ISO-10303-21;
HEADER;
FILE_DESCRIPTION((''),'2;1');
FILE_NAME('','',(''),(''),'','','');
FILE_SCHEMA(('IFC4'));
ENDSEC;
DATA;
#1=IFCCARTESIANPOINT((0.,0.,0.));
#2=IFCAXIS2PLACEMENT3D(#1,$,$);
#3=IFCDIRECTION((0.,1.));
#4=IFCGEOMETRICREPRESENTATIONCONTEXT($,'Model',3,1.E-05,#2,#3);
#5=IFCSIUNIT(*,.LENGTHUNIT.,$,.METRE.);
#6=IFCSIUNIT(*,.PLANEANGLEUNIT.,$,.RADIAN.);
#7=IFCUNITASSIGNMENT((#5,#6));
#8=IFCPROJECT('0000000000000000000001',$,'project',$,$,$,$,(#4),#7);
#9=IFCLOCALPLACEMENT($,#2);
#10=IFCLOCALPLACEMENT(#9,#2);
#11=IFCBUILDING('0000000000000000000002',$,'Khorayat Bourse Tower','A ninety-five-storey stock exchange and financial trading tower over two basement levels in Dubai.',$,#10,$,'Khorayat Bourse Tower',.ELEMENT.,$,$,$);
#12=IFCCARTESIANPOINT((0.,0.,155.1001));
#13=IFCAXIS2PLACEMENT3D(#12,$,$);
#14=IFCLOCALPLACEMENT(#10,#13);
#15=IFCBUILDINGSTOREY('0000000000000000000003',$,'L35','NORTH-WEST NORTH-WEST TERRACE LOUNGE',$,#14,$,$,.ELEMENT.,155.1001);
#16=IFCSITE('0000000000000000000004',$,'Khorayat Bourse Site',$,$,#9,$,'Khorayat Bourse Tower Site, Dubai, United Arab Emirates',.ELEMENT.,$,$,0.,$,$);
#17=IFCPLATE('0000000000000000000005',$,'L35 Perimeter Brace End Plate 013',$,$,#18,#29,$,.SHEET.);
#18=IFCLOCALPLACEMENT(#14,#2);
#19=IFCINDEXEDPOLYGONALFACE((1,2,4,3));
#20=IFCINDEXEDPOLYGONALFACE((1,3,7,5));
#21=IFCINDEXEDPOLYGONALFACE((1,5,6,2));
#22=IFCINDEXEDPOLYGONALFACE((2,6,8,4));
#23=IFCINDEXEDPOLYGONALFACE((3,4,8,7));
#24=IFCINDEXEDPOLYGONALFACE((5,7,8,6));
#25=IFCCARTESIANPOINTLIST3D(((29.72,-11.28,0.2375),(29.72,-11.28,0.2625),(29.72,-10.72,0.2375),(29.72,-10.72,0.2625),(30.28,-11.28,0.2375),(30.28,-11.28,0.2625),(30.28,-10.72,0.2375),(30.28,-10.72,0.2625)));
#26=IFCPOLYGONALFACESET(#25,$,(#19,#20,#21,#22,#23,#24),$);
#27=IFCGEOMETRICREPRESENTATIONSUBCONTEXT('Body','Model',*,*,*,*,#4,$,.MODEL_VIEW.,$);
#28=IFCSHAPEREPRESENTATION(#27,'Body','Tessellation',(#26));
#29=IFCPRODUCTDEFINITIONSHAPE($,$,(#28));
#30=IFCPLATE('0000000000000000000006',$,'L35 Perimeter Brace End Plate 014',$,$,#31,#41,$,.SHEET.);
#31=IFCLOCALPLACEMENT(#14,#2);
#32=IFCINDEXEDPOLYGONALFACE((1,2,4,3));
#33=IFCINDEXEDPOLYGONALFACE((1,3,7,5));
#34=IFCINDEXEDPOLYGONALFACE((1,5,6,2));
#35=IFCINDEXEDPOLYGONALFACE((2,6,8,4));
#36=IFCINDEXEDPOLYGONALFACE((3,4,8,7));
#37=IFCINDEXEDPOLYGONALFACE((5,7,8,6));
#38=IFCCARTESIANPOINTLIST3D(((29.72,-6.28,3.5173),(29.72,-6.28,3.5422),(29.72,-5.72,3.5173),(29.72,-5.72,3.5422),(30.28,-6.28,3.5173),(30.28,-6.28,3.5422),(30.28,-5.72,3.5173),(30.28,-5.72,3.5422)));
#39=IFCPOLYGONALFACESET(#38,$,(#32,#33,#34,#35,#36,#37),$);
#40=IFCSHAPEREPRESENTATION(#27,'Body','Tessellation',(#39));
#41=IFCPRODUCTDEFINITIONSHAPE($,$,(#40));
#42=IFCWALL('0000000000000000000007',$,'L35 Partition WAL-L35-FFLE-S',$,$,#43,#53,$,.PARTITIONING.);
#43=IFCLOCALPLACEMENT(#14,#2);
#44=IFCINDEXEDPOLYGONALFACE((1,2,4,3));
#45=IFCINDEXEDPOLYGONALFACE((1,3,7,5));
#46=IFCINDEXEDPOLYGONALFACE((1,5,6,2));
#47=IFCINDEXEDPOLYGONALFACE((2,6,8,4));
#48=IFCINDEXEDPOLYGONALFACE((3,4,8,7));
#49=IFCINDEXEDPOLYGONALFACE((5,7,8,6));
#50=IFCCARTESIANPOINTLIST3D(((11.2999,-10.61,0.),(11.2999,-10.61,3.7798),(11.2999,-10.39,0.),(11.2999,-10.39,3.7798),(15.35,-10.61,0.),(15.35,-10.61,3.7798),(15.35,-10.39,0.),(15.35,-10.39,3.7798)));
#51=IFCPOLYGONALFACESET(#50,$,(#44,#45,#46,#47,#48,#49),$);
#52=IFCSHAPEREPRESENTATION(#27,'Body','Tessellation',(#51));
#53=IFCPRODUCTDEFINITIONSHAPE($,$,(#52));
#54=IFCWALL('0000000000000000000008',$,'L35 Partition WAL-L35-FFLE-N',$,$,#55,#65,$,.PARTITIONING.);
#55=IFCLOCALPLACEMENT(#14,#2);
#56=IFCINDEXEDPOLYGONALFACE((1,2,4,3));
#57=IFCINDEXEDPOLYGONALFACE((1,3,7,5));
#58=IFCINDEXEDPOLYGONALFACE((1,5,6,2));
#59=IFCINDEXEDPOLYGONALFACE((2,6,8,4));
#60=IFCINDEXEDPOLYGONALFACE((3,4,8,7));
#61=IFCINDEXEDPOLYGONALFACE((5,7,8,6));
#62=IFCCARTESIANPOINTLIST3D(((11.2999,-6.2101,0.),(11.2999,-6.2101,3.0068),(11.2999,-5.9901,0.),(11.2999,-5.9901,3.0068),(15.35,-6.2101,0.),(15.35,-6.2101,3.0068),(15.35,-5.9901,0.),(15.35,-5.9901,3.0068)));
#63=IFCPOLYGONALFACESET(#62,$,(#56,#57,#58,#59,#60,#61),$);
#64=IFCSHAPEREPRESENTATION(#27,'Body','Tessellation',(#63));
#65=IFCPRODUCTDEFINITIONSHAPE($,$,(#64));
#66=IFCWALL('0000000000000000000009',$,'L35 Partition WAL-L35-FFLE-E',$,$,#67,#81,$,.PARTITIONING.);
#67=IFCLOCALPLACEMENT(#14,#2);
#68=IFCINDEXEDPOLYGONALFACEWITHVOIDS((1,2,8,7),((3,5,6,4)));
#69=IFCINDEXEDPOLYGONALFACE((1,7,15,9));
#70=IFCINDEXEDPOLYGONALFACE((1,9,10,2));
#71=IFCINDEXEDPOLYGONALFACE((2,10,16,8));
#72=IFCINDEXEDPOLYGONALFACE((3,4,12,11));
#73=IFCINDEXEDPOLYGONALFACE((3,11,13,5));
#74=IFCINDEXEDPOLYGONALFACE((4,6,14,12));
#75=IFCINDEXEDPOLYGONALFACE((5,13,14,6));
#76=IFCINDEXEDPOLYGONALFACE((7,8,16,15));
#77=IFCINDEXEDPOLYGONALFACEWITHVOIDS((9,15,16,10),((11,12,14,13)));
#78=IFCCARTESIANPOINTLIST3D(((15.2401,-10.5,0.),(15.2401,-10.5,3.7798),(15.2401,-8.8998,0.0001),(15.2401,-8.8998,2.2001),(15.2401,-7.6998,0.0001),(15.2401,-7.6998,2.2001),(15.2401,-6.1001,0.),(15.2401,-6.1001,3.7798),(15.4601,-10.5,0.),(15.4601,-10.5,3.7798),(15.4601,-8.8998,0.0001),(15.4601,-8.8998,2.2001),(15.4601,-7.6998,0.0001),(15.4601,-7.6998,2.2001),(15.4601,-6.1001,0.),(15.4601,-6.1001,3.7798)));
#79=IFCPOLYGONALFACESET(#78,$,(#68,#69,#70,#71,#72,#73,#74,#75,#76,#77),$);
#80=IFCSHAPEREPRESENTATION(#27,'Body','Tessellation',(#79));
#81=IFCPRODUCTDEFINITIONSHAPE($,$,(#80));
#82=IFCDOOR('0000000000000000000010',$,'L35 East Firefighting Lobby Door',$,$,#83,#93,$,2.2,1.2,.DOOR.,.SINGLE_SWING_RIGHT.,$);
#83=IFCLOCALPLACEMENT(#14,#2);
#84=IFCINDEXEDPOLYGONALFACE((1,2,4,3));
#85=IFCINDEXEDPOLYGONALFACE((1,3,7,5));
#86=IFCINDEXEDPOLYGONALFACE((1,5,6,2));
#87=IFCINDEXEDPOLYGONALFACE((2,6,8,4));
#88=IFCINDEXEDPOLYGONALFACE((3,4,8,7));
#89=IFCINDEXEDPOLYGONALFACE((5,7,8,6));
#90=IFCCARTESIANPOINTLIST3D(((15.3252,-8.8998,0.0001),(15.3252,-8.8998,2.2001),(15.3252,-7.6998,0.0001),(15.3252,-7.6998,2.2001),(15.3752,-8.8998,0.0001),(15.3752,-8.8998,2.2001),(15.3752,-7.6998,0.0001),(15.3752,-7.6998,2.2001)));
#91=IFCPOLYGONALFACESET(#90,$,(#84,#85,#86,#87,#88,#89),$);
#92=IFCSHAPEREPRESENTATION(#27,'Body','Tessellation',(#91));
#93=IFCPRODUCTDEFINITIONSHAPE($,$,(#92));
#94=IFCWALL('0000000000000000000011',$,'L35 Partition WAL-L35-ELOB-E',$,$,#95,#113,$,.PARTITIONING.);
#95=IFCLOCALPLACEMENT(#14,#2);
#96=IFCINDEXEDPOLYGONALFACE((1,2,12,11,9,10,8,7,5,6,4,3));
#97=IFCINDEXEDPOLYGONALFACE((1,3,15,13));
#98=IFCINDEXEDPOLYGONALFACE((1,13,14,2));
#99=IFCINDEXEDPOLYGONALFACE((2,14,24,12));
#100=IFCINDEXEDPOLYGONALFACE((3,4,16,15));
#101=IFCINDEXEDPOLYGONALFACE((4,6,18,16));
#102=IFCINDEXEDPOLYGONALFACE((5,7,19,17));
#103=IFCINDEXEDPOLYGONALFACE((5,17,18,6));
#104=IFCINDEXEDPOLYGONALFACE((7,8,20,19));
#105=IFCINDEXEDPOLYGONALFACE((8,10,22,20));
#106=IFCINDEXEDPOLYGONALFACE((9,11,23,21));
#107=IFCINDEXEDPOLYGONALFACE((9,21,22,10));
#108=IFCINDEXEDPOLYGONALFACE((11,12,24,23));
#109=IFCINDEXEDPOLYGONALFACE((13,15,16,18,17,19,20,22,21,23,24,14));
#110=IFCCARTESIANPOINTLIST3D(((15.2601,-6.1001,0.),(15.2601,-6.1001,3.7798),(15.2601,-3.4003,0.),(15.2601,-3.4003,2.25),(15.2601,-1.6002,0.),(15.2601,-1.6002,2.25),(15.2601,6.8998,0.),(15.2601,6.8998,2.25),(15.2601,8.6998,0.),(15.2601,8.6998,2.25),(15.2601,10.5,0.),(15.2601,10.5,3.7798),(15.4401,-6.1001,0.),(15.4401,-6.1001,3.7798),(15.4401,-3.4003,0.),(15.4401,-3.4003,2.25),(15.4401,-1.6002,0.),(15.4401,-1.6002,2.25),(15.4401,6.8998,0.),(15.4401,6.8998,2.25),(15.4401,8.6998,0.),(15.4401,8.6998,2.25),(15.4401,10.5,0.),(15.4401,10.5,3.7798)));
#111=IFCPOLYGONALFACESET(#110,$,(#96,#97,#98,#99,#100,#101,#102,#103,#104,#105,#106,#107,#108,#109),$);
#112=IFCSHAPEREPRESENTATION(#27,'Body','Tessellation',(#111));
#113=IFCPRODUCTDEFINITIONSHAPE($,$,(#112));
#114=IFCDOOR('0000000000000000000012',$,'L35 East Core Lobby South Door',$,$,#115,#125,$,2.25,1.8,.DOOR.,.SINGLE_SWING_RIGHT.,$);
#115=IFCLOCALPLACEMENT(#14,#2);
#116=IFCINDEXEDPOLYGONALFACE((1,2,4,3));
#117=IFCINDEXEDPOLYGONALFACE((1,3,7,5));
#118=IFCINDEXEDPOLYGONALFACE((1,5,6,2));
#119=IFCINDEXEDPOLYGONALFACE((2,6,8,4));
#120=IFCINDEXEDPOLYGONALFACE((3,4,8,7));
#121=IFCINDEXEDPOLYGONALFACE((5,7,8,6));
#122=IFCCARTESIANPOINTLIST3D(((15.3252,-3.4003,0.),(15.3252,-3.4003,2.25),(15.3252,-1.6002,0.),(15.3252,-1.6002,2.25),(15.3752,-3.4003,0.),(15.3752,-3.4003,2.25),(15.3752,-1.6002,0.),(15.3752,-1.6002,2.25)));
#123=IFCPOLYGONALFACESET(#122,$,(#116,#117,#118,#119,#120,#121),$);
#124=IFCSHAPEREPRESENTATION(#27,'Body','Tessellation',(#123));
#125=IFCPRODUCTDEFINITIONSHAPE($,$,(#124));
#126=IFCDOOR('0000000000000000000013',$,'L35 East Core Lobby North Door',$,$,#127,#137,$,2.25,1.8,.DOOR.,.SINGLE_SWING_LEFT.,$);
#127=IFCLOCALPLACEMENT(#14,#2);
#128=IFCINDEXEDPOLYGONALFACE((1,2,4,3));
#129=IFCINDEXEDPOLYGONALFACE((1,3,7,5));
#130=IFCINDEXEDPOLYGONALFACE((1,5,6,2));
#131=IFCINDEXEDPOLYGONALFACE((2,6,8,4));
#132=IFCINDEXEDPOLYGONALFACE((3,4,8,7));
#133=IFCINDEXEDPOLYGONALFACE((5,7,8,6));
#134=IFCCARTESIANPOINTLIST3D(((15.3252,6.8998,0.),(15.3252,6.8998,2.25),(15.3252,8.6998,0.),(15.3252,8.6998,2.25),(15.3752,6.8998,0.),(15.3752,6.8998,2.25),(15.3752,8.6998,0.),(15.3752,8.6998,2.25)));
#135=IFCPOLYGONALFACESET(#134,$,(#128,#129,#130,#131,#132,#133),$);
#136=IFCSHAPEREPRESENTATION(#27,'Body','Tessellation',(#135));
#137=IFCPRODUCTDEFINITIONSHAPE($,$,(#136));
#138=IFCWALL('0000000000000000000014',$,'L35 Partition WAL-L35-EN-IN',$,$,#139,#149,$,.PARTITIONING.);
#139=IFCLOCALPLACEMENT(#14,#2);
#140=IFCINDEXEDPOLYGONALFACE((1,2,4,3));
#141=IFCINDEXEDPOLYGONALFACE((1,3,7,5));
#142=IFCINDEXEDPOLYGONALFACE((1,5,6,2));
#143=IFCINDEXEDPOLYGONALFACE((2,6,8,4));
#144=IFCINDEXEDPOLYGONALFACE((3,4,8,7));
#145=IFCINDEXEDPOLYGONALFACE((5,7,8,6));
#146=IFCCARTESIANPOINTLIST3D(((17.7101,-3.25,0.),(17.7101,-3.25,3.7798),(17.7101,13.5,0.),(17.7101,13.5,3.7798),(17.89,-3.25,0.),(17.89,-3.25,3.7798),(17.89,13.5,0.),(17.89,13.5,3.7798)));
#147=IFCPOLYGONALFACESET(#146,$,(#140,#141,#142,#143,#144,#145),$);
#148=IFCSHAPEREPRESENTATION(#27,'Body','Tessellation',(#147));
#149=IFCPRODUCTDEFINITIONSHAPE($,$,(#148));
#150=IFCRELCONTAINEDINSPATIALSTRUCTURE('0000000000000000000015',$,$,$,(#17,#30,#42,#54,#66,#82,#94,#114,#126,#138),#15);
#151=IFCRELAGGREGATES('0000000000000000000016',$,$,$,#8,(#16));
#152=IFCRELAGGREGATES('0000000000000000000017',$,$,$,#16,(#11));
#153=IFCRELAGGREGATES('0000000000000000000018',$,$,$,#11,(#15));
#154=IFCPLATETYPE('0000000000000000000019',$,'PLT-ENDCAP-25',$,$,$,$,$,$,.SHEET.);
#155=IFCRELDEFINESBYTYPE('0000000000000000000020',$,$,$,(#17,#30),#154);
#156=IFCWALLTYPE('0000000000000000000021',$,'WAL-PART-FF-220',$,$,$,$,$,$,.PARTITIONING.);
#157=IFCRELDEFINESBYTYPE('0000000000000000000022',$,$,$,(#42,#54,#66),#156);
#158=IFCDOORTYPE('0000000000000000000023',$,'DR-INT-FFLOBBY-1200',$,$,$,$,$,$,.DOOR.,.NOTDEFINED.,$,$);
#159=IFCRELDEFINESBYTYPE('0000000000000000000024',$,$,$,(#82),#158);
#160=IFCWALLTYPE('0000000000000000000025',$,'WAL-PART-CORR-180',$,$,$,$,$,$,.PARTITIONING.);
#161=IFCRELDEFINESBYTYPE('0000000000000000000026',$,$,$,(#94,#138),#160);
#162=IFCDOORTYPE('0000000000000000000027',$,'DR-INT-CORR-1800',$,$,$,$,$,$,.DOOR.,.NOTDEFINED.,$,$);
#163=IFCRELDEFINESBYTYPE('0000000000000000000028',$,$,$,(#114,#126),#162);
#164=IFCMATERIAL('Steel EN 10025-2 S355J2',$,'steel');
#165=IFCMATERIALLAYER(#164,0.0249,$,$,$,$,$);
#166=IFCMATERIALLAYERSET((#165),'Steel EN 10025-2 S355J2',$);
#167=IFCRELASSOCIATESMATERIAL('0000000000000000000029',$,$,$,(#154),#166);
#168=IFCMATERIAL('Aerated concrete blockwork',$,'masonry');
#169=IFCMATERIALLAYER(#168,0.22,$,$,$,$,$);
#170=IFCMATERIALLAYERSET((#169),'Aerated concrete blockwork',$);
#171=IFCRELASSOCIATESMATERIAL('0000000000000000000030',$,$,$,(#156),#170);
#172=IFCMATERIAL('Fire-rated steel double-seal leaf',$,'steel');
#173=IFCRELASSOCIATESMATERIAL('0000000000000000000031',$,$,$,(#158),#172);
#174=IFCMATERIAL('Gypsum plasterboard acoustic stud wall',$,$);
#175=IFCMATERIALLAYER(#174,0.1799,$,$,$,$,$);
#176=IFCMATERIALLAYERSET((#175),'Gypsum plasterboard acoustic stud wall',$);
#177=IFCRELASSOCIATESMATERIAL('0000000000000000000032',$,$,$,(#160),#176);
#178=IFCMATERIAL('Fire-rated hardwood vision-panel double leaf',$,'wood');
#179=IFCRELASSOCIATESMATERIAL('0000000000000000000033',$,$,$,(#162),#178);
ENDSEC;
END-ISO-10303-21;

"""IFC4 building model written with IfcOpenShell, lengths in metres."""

from ifc_helpers import new_model, si_unit, direction, frame, frame_2d, origin, origin_2d, place, context, subcontext, project, spatial, rectangle, extrude, source, transform, mapped, material, layer, layer_set, type_object, element, fill, save


model = new_model("IFC4")

# Units and contexts
model_context = context("Model", 3, precision=1e-05, world=origin(), true_north=direction((0.0, 1.0)))
body_context = subcontext(model_context, "Body", "Model", "MODEL_VIEW")
ifc_project = project(units=[si_unit("LENGTHUNIT", "METRE"), si_unit("PLANEANGLEUNIT", "RADIAN")], contexts=[model_context])

# Site, building, storey
site_placement = place(None, origin())
site = spatial("IfcSite", under=ifc_project, at=site_placement, Name="Khorayat Bourse Site", LongName="Khorayat Bourse Tower Site, Dubai, United Arab Emirates", CompositionType="ELEMENT", RefElevation=0.0)
building_placement = place(site_placement, origin())
building = spatial("IfcBuilding", under=site, at=building_placement, Name="Khorayat Bourse Tower", Description="A ninety-five-storey stock exchange and financial trading tower over two basement levels in Dubai.", LongName="Khorayat Bourse Tower", CompositionType="ELEMENT")
storey_placement = place(building_placement, frame((0.0, 0.0, 155.1001)))
storey = spatial("IfcBuildingStorey", under=building, at=storey_placement, Name="L35", Description="NORTH-WEST NORTH-WEST TERRACE LOUNGE", CompositionType="ELEMENT", Elevation=155.1001)

# Plates
ifc_material_1 = material(Name="Steel EN 10025-2 S355J2", Category="steel")
ifc_layer_1 = layer(ifc_material_1, 0.0249)
ifc_layer_set_1 = layer_set([ifc_layer_1], Name="Steel EN 10025-2 S355J2")
plate_type = type_object("IfcPlateType", Name="PLT-ENDCAP-25", PredefinedType="SHEET", material=ifc_layer_set_1)
shared_shape_1 = source(origin(), body_context, "Body", "SweptSolid", [
    extrude(rectangle(XDim=0.5601, YDim=0.5601, at=origin_2d()), origin(), (0.0, 0.0, 1.0), 0.0249),
])
for number, where, z_axis, x_axis, name in (
    (1, (30.0, -11.0, 0.2375), (0.0, 0.0, 1.0), (1.0, 0.0, 0.0), "L35 Perimeter Brace End Plate 013"),
    (2, (30.0, -6.0, 3.5173), (0.0, 0.0, 1.0), (1.0, 0.0, 0.0), "L35 Perimeter Brace End Plate 014"),
):
    element("IfcPlate", number, at=place(storey_placement, frame(where, z_axis=z_axis, x_axis=x_axis)), inside=storey, type_object=plate_type, Name=name, PredefinedType="SHEET", context=body_context, shape_type="MappedRepresentation", body=[
        mapped(shared_shape_1, transform((0.0, 0.0, 0.0), scale=1.0)),
    ])

# Walls
ifc_material_2 = material(Name="Aerated concrete blockwork", Category="masonry")
ifc_layer_2 = layer(ifc_material_2, 0.22)
ifc_layer_set_2 = layer_set([ifc_layer_2], Name="Aerated concrete blockwork")
wall_type_1 = type_object("IfcWallType", Name="WAL-PART-FF-220", PredefinedType="PARTITIONING", material=ifc_layer_set_2)
shared_shape_2 = source(origin(), body_context, "Body", "SweptSolid", [
    extrude(rectangle(XDim=4.05, YDim=0.22, at=frame_2d((2.0249, 0.0))), origin(), (0.0, 0.0, 1.0), 3.7798),
])
wall_1_placement = place(storey_placement, frame((11.3, -10.5, 0.0), z_axis=(0.0, 0.0, 1.0), x_axis=(1.0, 0.0, 0.0)))
element("IfcWall", 3, at=wall_1_placement, inside=storey, type_object=wall_type_1, Name="L35 Partition WAL-L35-FFLE-S", PredefinedType="PARTITIONING", context=body_context, shape_type="MappedRepresentation", body=[
    mapped(shared_shape_2, transform((0.0, 0.0, 0.0), scale=1.0)),
])
shared_shape_3 = source(origin(), body_context, "Body", "SweptSolid", [
    extrude(rectangle(XDim=4.05, YDim=0.22, at=frame_2d((2.0249, 0.0))), origin(), (0.0, 0.0, 1.0), 3.0068),
])
wall_2_placement = place(storey_placement, frame((11.3, -6.1001, 0.0), z_axis=(0.0, 0.0, 1.0), x_axis=(1.0, 0.0, 0.0)))
element("IfcWall", 4, at=wall_2_placement, inside=storey, type_object=wall_type_1, Name="L35 Partition WAL-L35-FFLE-N", PredefinedType="PARTITIONING", context=body_context, shape_type="MappedRepresentation", body=[
    mapped(shared_shape_3, transform((0.0, 0.0, 0.0), scale=1.0)),
])

# Wall, opening, door
shared_shape_4 = source(origin(), body_context, "Body", "SweptSolid", [
    extrude(rectangle(XDim=4.3999, YDim=0.22, at=frame_2d((2.2, 0.0))), origin(), (0.0, 0.0, 1.0), 3.7798),
])
wall_3_placement = place(storey_placement, frame((15.3501, -10.5, 0.0), z_axis=(0.0, 0.0, 1.0), x_axis=(0.0, 1.0, 0.0)))
wall_3 = element("IfcWall", 5, at=wall_3_placement, inside=storey, type_object=wall_type_1, Name="L35 Partition WAL-L35-FFLE-E", PredefinedType="PARTITIONING", context=body_context, shape_type="MappedRepresentation", body=[
    mapped(shared_shape_4, transform((0.0, 0.0, 0.0), scale=1.0)),
])
shared_shape_5 = source(origin(), body_context, "Body", "SweptSolid", [
    extrude(rectangle(XDim=1.2, YDim=2.2, at=frame_2d((0.6001, 1.1001))), frame((0.0, 0.1199, 0.0), z_axis=(0.0, -1.0, 0.0), x_axis=(1.0, 0.0, 0.0)), (0.0, 0.0, 1.0), 0.24),
])
opening_1_placement = place(wall_3_placement, frame((1.6001, 0.0, 0.0)))
opening_1 = element("IfcOpeningElement", 6, at=opening_1_placement, cuts=wall_3, PredefinedType="OPENING", context=body_context, shape_type="MappedRepresentation", body=[
    mapped(shared_shape_5, transform((0.0, 0.0, 0.0), scale=1.0)),
])
ifc_material_3 = material(Name="Fire-rated steel double-seal leaf", Category="steel")
door_type_1 = type_object("IfcDoorType", Name="DR-INT-FFLOBBY-1200", OperationType="NOTDEFINED", PredefinedType="DOOR", material=ifc_material_3)
shared_shape_6 = source(origin(), body_context, "Body", "SweptSolid", [
    extrude(rectangle(XDim=1.2, YDim=2.2, at=frame_2d((0.6001, 1.1001))), frame((0.0, 0.0249, 0.0), z_axis=(0.0, -1.0, 0.0), x_axis=(1.0, 0.0, 0.0)), (0.0, 0.0, 1.0), 0.05),
])
door_1_placement = place(opening_1_placement, origin())
door_1 = element("IfcDoor", 7, at=door_1_placement, inside=storey, type_object=door_type_1, Name="L35 East Firefighting Lobby Door", OperationType="SINGLE_SWING_RIGHT", OverallHeight=2.2, OverallWidth=1.2, PredefinedType="DOOR", context=body_context, shape_type="MappedRepresentation", body=[
    mapped(shared_shape_6, transform((0.0, 0.0, 0.0), scale=1.0)),
])
fill(opening_1, door_1)

# Wall, openings, doors
ifc_material_4 = material(Name="Gypsum plasterboard acoustic stud wall")
ifc_layer_3 = layer(ifc_material_4, 0.1799)
ifc_layer_set_3 = layer_set([ifc_layer_3], Name="Gypsum plasterboard acoustic stud wall")
wall_type_2 = type_object("IfcWallType", Name="WAL-PART-CORR-180", PredefinedType="PARTITIONING", material=ifc_layer_set_3)
shared_shape_7 = source(origin(), body_context, "Body", "SweptSolid", [
    extrude(rectangle(XDim=16.6001, YDim=0.1799, at=frame_2d((8.3, 0.0))), origin(), (0.0, 0.0, 1.0), 3.7798),
])
wall_4_placement = place(storey_placement, frame((15.3501, -6.1001, 0.0), z_axis=(0.0, 0.0, 1.0), x_axis=(0.0, 1.0, 0.0)))
wall_4 = element("IfcWall", 8, at=wall_4_placement, inside=storey, type_object=wall_type_2, Name="L35 Partition WAL-L35-ELOB-E", PredefinedType="PARTITIONING", context=body_context, shape_type="MappedRepresentation", body=[
    mapped(shared_shape_7, transform((0.0, 0.0, 0.0), scale=1.0)),
])
shared_shape_8 = source(origin(), body_context, "Body", "SweptSolid", [
    extrude(rectangle(XDim=1.8, YDim=2.25, at=frame_2d((0.8999, 1.125))), frame((0.0, 0.0999, 0.0), z_axis=(0.0, -1.0, 0.0), x_axis=(1.0, 0.0, 0.0)), (0.0, 0.0, 1.0), 0.2),
])
opening_2_placement = place(wall_4_placement, frame((2.7, 0.0, 0.0)))
opening_2 = element("IfcOpeningElement", 9, at=opening_2_placement, cuts=wall_4, PredefinedType="OPENING", context=body_context, shape_type="MappedRepresentation", body=[
    mapped(shared_shape_8, transform((0.0, 0.0, 0.0), scale=1.0)),
])
opening_3_placement = place(wall_4_placement, frame((13.0, 0.0, 0.0)))
opening_3 = element("IfcOpeningElement", 10, at=opening_3_placement, cuts=wall_4, PredefinedType="OPENING", context=body_context, shape_type="MappedRepresentation", body=[
    mapped(shared_shape_8, transform((0.0, 0.0, 0.0), scale=1.0)),
])
ifc_material_5 = material(Name="Fire-rated hardwood vision-panel double leaf", Category="wood")
door_type_2 = type_object("IfcDoorType", Name="DR-INT-CORR-1800", OperationType="NOTDEFINED", PredefinedType="DOOR", material=ifc_material_5)
shared_shape_9 = source(origin(), body_context, "Body", "SweptSolid", [
    extrude(rectangle(XDim=1.8, YDim=2.25, at=frame_2d((0.8999, 1.125))), frame((0.0, 0.0249, 0.0), z_axis=(0.0, -1.0, 0.0), x_axis=(1.0, 0.0, 0.0)), (0.0, 0.0, 1.0), 0.05),
])
door_2_placement = place(opening_2_placement, origin())
door_2 = element("IfcDoor", 11, at=door_2_placement, inside=storey, type_object=door_type_2, Name="L35 East Core Lobby South Door", OperationType="SINGLE_SWING_RIGHT", OverallHeight=2.25, OverallWidth=1.8, PredefinedType="DOOR", context=body_context, shape_type="MappedRepresentation", body=[
    mapped(shared_shape_9, transform((0.0, 0.0, 0.0), scale=1.0)),
])
fill(opening_2, door_2)
door_3_placement = place(opening_3_placement, origin())
door_3 = element("IfcDoor", 12, at=door_3_placement, inside=storey, type_object=door_type_2, Name="L35 East Core Lobby North Door", OperationType="SINGLE_SWING_LEFT", OverallHeight=2.25, OverallWidth=1.8, PredefinedType="DOOR", context=body_context, shape_type="MappedRepresentation", body=[
    mapped(shared_shape_9, transform((0.0, 0.0, 0.0), scale=1.0)),
])
fill(opening_3, door_3)

# Wall
shared_shape_10 = source(origin(), body_context, "Body", "SweptSolid", [
    extrude(rectangle(XDim=16.75, YDim=0.1799, at=frame_2d((8.375, 0.0))), origin(), (0.0, 0.0, 1.0), 3.7798),
])
wall_5_placement = place(storey_placement, frame((17.8, -3.25, 0.0), z_axis=(0.0, 0.0, 1.0), x_axis=(0.0, 1.0, 0.0)))
element("IfcWall", 13, at=wall_5_placement, inside=storey, type_object=wall_type_2, Name="L35 Partition WAL-L35-EN-IN", PredefinedType="PARTITIONING", context=body_context, shape_type="MappedRepresentation", body=[
    mapped(shared_shape_10, transform((0.0, 0.0, 0.0), scale=1.0)),
])

save(model, "model.ifc")
